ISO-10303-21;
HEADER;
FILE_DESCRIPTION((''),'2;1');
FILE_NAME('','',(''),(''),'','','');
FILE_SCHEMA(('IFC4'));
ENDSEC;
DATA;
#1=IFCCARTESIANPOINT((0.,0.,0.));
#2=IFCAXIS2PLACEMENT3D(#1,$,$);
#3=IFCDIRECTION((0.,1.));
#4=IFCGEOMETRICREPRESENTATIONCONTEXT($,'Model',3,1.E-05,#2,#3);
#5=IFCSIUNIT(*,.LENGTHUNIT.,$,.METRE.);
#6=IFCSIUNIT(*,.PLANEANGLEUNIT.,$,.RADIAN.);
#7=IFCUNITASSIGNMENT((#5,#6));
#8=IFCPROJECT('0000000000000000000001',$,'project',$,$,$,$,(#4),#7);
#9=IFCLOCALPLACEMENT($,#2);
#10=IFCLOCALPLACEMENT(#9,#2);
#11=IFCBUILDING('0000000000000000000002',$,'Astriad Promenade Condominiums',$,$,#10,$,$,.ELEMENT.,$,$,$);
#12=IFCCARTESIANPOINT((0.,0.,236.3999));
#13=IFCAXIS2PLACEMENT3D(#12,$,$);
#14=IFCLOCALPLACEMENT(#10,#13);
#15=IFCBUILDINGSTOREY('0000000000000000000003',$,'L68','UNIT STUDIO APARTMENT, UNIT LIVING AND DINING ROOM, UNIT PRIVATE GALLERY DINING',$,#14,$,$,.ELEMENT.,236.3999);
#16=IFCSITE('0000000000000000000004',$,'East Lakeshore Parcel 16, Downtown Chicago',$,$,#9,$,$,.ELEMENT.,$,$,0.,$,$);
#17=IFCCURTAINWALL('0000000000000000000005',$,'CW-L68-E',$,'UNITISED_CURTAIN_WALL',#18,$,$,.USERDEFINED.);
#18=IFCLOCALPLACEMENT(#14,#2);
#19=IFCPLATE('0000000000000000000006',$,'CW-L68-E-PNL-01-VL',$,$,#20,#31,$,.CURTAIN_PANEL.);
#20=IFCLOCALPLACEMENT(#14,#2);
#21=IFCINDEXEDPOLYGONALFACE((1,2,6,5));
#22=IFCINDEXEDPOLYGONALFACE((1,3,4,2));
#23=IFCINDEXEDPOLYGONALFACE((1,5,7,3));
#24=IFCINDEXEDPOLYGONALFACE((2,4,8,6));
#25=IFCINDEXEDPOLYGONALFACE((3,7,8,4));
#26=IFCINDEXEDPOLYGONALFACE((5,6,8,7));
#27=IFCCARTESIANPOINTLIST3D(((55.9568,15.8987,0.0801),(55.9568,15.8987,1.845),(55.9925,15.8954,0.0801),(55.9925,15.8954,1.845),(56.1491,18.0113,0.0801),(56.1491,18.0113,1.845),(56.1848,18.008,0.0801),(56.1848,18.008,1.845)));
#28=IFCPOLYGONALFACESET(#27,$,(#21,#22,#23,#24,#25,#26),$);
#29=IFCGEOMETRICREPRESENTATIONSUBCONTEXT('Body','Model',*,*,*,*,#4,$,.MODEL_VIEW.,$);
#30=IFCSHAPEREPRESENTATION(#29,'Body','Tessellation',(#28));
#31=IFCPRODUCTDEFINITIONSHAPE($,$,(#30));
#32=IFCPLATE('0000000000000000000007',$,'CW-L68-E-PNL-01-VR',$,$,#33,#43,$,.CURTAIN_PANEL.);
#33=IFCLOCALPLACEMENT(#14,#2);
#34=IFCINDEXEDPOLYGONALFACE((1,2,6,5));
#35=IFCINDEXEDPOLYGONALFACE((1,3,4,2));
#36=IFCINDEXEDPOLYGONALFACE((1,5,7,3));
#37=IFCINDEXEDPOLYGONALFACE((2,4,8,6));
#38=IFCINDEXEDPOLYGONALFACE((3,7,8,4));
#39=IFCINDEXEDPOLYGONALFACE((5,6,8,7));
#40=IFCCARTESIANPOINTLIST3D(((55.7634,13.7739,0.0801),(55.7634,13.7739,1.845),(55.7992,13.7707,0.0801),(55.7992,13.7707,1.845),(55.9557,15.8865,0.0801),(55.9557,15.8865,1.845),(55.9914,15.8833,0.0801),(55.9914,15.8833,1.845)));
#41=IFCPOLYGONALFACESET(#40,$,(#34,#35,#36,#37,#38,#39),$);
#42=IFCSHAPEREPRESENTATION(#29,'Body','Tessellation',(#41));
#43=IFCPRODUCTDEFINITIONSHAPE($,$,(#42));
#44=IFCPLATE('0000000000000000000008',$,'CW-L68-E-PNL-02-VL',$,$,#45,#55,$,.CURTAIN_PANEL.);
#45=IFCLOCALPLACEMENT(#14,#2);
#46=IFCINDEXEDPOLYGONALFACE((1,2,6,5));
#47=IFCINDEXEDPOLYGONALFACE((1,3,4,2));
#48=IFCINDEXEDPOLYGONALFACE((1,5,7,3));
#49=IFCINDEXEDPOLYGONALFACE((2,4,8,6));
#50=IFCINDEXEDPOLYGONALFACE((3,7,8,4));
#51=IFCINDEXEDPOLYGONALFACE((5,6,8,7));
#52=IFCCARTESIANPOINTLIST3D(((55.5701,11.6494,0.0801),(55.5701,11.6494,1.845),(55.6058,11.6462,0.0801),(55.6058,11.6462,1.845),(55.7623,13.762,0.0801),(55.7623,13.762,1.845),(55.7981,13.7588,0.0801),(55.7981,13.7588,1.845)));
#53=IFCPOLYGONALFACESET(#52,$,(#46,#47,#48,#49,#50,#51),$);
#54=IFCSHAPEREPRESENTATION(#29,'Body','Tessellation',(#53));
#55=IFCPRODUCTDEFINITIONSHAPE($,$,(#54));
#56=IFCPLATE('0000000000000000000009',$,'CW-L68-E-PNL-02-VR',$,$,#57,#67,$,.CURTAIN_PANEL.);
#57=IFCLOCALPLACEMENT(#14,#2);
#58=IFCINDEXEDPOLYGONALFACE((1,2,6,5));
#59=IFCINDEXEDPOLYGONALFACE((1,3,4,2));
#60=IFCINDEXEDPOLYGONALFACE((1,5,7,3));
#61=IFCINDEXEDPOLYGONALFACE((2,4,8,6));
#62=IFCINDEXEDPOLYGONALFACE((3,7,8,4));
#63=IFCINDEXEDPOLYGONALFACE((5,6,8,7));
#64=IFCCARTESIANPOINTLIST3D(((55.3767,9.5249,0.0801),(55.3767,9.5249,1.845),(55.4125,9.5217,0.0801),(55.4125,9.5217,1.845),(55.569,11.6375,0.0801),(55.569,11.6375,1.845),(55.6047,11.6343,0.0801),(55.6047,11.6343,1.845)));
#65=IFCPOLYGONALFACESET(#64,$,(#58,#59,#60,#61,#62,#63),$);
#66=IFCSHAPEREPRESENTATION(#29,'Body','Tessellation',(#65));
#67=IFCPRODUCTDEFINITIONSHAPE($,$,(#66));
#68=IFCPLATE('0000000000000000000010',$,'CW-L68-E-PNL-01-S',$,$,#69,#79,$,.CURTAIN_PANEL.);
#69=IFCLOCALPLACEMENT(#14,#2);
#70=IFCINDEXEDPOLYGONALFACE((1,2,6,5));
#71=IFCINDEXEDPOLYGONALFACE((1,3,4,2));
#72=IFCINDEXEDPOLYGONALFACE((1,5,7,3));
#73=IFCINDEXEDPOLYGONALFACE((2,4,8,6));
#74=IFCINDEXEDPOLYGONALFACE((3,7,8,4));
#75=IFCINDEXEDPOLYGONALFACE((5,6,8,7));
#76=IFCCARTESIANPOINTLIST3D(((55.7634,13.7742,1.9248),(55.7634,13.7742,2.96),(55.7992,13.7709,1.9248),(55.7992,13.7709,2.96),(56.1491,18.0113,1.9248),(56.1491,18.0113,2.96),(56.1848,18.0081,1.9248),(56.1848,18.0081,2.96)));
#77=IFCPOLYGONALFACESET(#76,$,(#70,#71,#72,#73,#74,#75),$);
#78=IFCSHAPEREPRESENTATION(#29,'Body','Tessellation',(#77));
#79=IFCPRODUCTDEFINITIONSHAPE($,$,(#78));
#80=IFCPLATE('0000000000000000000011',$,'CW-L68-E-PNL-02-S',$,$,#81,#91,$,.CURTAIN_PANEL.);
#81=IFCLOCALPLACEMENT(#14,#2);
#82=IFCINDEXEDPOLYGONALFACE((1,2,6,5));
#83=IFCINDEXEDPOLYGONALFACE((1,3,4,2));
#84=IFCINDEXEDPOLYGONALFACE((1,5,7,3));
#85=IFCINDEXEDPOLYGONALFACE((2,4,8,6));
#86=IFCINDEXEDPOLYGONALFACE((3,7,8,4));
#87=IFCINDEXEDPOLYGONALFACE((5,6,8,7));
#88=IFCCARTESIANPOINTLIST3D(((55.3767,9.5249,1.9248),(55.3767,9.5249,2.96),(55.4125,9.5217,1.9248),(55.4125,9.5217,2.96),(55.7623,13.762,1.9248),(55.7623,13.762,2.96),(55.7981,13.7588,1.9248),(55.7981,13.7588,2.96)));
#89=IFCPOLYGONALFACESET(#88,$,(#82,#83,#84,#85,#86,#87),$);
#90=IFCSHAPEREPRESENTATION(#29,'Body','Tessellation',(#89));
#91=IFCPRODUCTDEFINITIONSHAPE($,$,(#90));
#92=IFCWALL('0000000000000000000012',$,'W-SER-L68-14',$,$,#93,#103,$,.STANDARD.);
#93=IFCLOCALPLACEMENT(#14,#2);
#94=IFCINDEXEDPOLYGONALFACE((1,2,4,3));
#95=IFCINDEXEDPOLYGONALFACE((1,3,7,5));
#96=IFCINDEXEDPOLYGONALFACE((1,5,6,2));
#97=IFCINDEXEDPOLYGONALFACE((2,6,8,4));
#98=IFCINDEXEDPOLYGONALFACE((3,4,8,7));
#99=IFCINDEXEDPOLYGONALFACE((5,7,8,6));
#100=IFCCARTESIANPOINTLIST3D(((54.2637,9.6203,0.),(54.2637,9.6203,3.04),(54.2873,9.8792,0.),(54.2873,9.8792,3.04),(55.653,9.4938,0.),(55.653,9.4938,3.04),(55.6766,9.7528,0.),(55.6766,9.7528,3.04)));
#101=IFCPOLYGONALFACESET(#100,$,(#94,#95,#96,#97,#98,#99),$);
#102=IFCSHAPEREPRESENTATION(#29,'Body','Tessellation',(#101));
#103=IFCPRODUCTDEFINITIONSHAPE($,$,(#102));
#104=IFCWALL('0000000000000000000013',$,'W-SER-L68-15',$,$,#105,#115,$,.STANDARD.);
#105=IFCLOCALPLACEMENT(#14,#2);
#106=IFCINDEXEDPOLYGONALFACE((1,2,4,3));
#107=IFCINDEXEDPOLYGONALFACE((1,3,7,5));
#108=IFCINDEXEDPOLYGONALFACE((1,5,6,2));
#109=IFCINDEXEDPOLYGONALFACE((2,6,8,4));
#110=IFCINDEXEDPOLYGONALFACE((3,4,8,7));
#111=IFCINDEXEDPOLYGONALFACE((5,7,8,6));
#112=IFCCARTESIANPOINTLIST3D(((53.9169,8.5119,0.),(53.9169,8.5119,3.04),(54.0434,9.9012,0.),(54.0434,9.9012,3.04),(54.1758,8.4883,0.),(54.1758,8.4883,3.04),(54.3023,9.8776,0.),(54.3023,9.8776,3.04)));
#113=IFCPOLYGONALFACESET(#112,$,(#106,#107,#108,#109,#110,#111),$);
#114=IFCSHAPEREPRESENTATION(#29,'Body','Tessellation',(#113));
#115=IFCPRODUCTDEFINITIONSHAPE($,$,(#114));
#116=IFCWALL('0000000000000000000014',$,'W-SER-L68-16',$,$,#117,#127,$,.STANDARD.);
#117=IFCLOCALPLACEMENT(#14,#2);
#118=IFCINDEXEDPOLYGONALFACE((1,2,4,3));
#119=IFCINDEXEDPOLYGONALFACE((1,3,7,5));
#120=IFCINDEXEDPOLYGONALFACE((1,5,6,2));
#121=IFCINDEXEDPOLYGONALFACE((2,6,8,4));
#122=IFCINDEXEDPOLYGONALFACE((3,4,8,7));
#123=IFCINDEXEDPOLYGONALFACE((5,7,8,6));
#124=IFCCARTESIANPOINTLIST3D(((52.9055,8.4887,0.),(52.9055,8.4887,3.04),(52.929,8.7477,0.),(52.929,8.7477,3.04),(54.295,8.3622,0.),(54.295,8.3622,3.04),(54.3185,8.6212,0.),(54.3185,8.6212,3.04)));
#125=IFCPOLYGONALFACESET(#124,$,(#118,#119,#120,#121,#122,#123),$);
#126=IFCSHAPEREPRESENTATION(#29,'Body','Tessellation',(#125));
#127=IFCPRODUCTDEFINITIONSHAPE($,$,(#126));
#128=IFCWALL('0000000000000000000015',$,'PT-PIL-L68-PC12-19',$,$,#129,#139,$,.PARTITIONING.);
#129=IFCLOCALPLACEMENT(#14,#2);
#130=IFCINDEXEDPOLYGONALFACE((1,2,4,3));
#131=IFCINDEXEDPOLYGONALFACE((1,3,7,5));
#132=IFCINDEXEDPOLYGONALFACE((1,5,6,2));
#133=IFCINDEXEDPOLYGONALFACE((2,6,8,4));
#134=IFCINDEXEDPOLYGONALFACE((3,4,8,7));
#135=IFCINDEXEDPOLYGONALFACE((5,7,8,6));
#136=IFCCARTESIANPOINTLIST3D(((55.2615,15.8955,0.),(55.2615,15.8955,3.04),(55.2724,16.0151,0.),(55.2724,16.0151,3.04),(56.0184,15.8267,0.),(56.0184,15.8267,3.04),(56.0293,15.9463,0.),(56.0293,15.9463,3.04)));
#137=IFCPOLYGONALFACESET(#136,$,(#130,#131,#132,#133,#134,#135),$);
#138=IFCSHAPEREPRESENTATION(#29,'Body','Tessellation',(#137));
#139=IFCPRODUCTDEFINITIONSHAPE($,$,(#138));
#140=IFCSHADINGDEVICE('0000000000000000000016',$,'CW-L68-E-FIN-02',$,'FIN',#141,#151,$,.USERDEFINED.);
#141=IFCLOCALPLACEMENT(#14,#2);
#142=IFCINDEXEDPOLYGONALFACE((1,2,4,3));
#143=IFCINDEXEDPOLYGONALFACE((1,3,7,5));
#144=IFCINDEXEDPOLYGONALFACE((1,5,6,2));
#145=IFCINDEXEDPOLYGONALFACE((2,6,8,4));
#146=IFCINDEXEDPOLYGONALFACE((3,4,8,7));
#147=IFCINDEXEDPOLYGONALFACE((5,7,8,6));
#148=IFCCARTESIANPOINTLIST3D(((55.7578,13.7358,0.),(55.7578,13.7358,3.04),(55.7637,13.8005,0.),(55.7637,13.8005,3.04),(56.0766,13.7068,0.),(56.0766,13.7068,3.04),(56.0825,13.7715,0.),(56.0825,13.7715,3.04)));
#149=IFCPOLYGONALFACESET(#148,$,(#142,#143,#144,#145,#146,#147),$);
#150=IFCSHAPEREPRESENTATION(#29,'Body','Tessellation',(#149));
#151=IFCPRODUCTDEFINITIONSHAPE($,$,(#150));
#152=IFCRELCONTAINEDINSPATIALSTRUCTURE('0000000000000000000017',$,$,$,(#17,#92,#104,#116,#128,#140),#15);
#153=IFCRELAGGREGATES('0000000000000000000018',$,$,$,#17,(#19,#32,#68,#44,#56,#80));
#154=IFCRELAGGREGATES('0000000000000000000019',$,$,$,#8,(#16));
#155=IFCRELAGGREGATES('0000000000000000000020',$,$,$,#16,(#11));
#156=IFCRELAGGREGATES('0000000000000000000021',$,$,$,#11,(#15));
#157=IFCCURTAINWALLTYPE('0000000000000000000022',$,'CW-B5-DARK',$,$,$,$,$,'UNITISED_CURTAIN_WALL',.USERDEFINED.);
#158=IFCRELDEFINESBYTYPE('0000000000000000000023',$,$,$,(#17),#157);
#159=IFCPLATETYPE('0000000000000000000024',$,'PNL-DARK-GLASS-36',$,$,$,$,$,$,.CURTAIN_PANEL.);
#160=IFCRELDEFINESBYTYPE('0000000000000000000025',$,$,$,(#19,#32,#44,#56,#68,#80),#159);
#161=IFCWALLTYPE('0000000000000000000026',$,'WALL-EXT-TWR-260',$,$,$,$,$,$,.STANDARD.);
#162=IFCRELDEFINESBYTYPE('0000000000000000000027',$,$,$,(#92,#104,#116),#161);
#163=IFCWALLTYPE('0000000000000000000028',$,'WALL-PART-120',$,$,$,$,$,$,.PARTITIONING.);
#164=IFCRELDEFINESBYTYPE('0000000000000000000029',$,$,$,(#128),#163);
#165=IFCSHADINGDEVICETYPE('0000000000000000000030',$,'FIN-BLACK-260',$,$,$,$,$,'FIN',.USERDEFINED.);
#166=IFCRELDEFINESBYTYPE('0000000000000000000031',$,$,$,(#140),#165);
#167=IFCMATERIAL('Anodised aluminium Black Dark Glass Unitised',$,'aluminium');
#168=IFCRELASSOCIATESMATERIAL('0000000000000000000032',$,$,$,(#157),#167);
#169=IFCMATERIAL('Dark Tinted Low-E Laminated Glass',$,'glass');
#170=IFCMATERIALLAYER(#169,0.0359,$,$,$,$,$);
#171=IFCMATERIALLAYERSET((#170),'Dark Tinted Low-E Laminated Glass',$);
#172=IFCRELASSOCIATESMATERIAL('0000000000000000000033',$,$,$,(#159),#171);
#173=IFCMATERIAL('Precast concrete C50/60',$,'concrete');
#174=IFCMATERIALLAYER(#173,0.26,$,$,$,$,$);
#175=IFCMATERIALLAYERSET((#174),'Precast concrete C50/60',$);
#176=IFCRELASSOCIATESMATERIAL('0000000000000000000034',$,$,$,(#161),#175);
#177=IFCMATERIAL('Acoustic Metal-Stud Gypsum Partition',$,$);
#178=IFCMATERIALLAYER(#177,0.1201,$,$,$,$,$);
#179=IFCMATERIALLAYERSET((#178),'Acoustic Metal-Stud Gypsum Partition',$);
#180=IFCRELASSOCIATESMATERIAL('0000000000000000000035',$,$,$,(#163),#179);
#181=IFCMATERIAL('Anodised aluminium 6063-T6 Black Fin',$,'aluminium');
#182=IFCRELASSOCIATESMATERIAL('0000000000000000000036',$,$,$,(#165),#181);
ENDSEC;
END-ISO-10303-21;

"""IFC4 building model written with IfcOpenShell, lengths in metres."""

from ifc_helpers import new_model, si_unit, direction, frame, frame_2d, origin, origin_2d, place, context, subcontext, project, spatial, rectangle, extrude, source, transform, mapped, material, layer, layer_set, type_object, type_shapes, element, aggregate, save


model = new_model("IFC4")

# Units and contexts
model_context = context("Model", 3, precision=1e-05, world=origin(), true_north=direction((0.0, 1.0)))
body_context = subcontext(model_context, "Body", "Model", "MODEL_VIEW")
ifc_project = project(units=[si_unit("LENGTHUNIT", "METRE"), si_unit("PLANEANGLEUNIT", "RADIAN")], contexts=[model_context])

# Site, building, storey
site_placement = place(None, origin())
site = spatial("IfcSite", under=ifc_project, at=site_placement, Name="East Lakeshore Parcel 16, Downtown Chicago", CompositionType="ELEMENT", RefElevation=0.0)
building_placement = place(site_placement, origin())
building = spatial("IfcBuilding", under=site, at=building_placement, Name="Astriad Promenade Condominiums", CompositionType="ELEMENT")
storey_placement = place(building_placement, frame((0.0, 0.0, 236.3999)))
storey = spatial("IfcBuildingStorey", under=building, at=storey_placement, Name="L68", Description="UNIT STUDIO APARTMENT, UNIT LIVING AND DINING ROOM, UNIT PRIVATE GALLERY DINING", CompositionType="ELEMENT", Elevation=236.3999)

# Curtain wall, plates
ifc_material_1 = material(Name="Anodised aluminium Black Dark Glass Unitised", Category="aluminium")
curtain_wall_type = type_object("IfcCurtainWallType", Name="CW-B5-DARK", ElementType="UNITISED_CURTAIN_WALL", PredefinedType="USERDEFINED", material=ifc_material_1)
curtain_wall_placement = place(storey_placement, origin())
curtain_wall = element("IfcCurtainWall", 1, at=curtain_wall_placement, inside=storey, type_object=curtain_wall_type, Name="CW-L68-E", ObjectType="UNITISED_CURTAIN_WALL", PredefinedType="USERDEFINED")
ifc_material_2 = material(Name="Dark Tinted Low-E Laminated Glass", Category="glass")
ifc_layer_1 = layer(ifc_material_2, 0.0359)
ifc_layer_set_1 = layer_set([ifc_layer_1], Name="Dark Tinted Low-E Laminated Glass")
plate_type = type_object("IfcPlateType", Name="PNL-DARK-GLASS-36", PredefinedType="CURTAIN_PANEL", material=ifc_layer_set_1)
shared_shape_1 = source(origin(), body_context, "Body", "SweptSolid", [
    extrude(rectangle(XDim=2.1213, YDim=0.0359, at=origin_2d()), origin(), (0.0, 0.0, 1.0), 1.7649),
])
plate_1_placement = place(storey_placement, frame((56.0708, 16.9534, 0.0801), z_axis=(0.0, 0.0, 1.0), x_axis=(-0.090633, -0.995884, 0.0)))
plate_1 = element("IfcPlate", 2, at=plate_1_placement, type_object=plate_type, Name="CW-L68-E-PNL-01-VL", PredefinedType="CURTAIN_PANEL", context=body_context, shape_type="MappedRepresentation", body=[
    mapped(shared_shape_1, transform((0.0, 0.0, 0.0), scale=1.0)),
])
plate_2_placement = place(storey_placement, frame((55.8774, 14.8286, 0.0801), z_axis=(0.0, 0.0, 1.0), x_axis=(-0.090633, -0.995884, 0.0)))
plate_2 = element("IfcPlate", 3, at=plate_2_placement, type_object=plate_type, Name="CW-L68-E-PNL-01-VR", PredefinedType="CURTAIN_PANEL", context=body_context, shape_type="MappedRepresentation", body=[
    mapped(shared_shape_1, transform((0.0, 0.0, 0.0), scale=1.0)),
])
plate_3_placement = place(storey_placement, frame((55.6841, 12.7041, 0.0801), z_axis=(0.0, 0.0, 1.0), x_axis=(-0.090633, -0.995884, 0.0)))
plate_3 = element("IfcPlate", 4, at=plate_3_placement, type_object=plate_type, Name="CW-L68-E-PNL-02-VL", PredefinedType="CURTAIN_PANEL", context=body_context, shape_type="MappedRepresentation", body=[
    mapped(shared_shape_1, transform((0.0, 0.0, 0.0), scale=1.0)),
])
plate_4_placement = place(storey_placement, frame((55.4907, 10.5796, 0.0801), z_axis=(0.0, 0.0, 1.0), x_axis=(-0.090633, -0.995884, 0.0)))
plate_4 = element("IfcPlate", 5, at=plate_4_placement, type_object=plate_type, Name="CW-L68-E-PNL-02-VR", PredefinedType="CURTAIN_PANEL", context=body_context, shape_type="MappedRepresentation", body=[
    mapped(shared_shape_1, transform((0.0, 0.0, 0.0), scale=1.0)),
])
shared_shape_2 = source(origin(), body_context, "Body", "SweptSolid", [
    extrude(rectangle(XDim=4.2546, YDim=0.0359, at=origin_2d()), origin(), (0.0, 0.0, 1.0), 1.0352),
])
type_shapes(plate_type, [shared_shape_1, shared_shape_2])
plate_5_placement = place(storey_placement, frame((55.9741, 15.8911, 1.9248), z_axis=(0.0, 0.0, 1.0), x_axis=(-0.090633, -0.995884, 0.0)))
plate_5 = element("IfcPlate", 6, at=plate_5_placement, type_object=plate_type, Name="CW-L68-E-PNL-01-S", PredefinedType="CURTAIN_PANEL", context=body_context, shape_type="MappedRepresentation", body=[
    mapped(shared_shape_2, transform((0.0, 0.0, 0.0), scale=1.0)),
])
plate_6_placement = place(storey_placement, frame((55.5874, 11.6418, 1.9248), z_axis=(0.0, 0.0, 1.0), x_axis=(-0.090633, -0.995884, 0.0)))
plate_6 = element("IfcPlate", 7, at=plate_6_placement, type_object=plate_type, Name="CW-L68-E-PNL-02-S", PredefinedType="CURTAIN_PANEL", context=body_context, shape_type="MappedRepresentation", body=[
    mapped(shared_shape_2, transform((0.0, 0.0, 0.0), scale=1.0)),
])
aggregate(curtain_wall, [plate_1, plate_2, plate_5, plate_3, plate_4, plate_6])

# Walls
ifc_material_3 = material(Name="Precast concrete C50/60", Category="concrete")
ifc_layer_2 = layer(ifc_material_3, 0.26)
ifc_layer_set_2 = layer_set([ifc_layer_2], Name="Precast concrete C50/60")
wall_type_1 = type_object("IfcWallType", Name="WALL-EXT-TWR-260", PredefinedType="STANDARD", material=ifc_layer_set_2)
for number, where, z_axis, x_axis, name in (
    (8, (55.6648, 9.6233, 0.0), (0.0, 0.0, 1.0), (-0.995882, 0.090662, 0.0), "W-SER-L68-14"),
    (9, (54.1729, 9.8894, 0.0), (0.0, 0.0, 1.0), (-0.090662, -0.995882, 0.0), "W-SER-L68-15"),
):
    element("IfcWall", number, at=place(storey_placement, frame(where, z_axis=z_axis, x_axis=x_axis)), inside=storey, type_object=wall_type_1, Name=name, PredefinedType="STANDARD", context=body_context, shape_type="SweptSolid", body=[
        extrude(rectangle(XDim=1.395, YDim=0.26, at=frame_2d((0.6975, 0.0))), origin(), (0.0, 0.0, 1.0), 3.04),
    ])
wall_1_placement = place(storey_placement, frame((54.3069, 8.4917, 0.0), z_axis=(0.0, 0.0, 1.0), x_axis=(-0.995883, 0.090646, 0.0)))
element("IfcWall", 10, at=wall_1_placement, inside=storey, type_object=wall_type_1, Name="W-SER-L68-16", PredefinedType="STANDARD", context=body_context, shape_type="SweptSolid", body=[
    extrude(rectangle(XDim=1.3953, YDim=0.26, at=frame_2d((0.6978, 0.0))), origin(), (0.0, 0.0, 1.0), 3.04),
])
ifc_material_4 = material(Name="Acoustic Metal-Stud Gypsum Partition")
ifc_layer_3 = layer(ifc_material_4, 0.1201)
ifc_layer_set_3 = layer_set([ifc_layer_3], Name="Acoustic Metal-Stud Gypsum Partition")
wall_type_2 = type_object("IfcWallType", Name="WALL-PART-120", PredefinedType="PARTITIONING", material=ifc_layer_set_3)
wall_2_placement = place(storey_placement, frame((55.2671, 15.9553, 0.0), z_axis=(0.0, 0.0, 1.0), x_axis=(0.995888, -0.090594, 0.0)))
element("IfcWall", 11, at=wall_2_placement, inside=storey, type_object=wall_type_2, Name="PT-PIL-L68-PC12-19", PredefinedType="PARTITIONING", context=body_context, shape_type="SweptSolid", body=[
    extrude(rectangle(XDim=0.76, YDim=0.1201, at=frame_2d((0.3799, 0.0))), origin(), (0.0, 0.0, 1.0), 3.04),
])

# Shading device
ifc_material_5 = material(Name="Anodised aluminium 6063-T6 Black Fin", Category="aluminium")
shading_device_type = type_object("IfcShadingDeviceType", Name="FIN-BLACK-260", ElementType="FIN", PredefinedType="USERDEFINED", material=ifc_material_5)
shared_shape_3 = source(origin(), body_context, "Body", "SweptSolid", [
    extrude(rectangle(XDim=0.0649, YDim=0.3201, at=origin_2d()), origin(), (0.0, 0.0, 1.0), 3.04),
])
type_shapes(shading_device_type, [shared_shape_3])
shading_device_placement = place(storey_placement, frame((55.9202, 13.7537, 0.0), z_axis=(0.0, 0.0, 1.0), x_axis=(-0.090633, -0.995884, 0.0)))
element("IfcShadingDevice", 12, at=shading_device_placement, inside=storey, type_object=shading_device_type, Name="CW-L68-E-FIN-02", ObjectType="FIN", PredefinedType="USERDEFINED", context=body_context, shape_type="MappedRepresentation", body=[
    mapped(shared_shape_3, transform((0.0, 0.0, 0.0), scale=1.0)),
])

save(model, "model.ifc")
